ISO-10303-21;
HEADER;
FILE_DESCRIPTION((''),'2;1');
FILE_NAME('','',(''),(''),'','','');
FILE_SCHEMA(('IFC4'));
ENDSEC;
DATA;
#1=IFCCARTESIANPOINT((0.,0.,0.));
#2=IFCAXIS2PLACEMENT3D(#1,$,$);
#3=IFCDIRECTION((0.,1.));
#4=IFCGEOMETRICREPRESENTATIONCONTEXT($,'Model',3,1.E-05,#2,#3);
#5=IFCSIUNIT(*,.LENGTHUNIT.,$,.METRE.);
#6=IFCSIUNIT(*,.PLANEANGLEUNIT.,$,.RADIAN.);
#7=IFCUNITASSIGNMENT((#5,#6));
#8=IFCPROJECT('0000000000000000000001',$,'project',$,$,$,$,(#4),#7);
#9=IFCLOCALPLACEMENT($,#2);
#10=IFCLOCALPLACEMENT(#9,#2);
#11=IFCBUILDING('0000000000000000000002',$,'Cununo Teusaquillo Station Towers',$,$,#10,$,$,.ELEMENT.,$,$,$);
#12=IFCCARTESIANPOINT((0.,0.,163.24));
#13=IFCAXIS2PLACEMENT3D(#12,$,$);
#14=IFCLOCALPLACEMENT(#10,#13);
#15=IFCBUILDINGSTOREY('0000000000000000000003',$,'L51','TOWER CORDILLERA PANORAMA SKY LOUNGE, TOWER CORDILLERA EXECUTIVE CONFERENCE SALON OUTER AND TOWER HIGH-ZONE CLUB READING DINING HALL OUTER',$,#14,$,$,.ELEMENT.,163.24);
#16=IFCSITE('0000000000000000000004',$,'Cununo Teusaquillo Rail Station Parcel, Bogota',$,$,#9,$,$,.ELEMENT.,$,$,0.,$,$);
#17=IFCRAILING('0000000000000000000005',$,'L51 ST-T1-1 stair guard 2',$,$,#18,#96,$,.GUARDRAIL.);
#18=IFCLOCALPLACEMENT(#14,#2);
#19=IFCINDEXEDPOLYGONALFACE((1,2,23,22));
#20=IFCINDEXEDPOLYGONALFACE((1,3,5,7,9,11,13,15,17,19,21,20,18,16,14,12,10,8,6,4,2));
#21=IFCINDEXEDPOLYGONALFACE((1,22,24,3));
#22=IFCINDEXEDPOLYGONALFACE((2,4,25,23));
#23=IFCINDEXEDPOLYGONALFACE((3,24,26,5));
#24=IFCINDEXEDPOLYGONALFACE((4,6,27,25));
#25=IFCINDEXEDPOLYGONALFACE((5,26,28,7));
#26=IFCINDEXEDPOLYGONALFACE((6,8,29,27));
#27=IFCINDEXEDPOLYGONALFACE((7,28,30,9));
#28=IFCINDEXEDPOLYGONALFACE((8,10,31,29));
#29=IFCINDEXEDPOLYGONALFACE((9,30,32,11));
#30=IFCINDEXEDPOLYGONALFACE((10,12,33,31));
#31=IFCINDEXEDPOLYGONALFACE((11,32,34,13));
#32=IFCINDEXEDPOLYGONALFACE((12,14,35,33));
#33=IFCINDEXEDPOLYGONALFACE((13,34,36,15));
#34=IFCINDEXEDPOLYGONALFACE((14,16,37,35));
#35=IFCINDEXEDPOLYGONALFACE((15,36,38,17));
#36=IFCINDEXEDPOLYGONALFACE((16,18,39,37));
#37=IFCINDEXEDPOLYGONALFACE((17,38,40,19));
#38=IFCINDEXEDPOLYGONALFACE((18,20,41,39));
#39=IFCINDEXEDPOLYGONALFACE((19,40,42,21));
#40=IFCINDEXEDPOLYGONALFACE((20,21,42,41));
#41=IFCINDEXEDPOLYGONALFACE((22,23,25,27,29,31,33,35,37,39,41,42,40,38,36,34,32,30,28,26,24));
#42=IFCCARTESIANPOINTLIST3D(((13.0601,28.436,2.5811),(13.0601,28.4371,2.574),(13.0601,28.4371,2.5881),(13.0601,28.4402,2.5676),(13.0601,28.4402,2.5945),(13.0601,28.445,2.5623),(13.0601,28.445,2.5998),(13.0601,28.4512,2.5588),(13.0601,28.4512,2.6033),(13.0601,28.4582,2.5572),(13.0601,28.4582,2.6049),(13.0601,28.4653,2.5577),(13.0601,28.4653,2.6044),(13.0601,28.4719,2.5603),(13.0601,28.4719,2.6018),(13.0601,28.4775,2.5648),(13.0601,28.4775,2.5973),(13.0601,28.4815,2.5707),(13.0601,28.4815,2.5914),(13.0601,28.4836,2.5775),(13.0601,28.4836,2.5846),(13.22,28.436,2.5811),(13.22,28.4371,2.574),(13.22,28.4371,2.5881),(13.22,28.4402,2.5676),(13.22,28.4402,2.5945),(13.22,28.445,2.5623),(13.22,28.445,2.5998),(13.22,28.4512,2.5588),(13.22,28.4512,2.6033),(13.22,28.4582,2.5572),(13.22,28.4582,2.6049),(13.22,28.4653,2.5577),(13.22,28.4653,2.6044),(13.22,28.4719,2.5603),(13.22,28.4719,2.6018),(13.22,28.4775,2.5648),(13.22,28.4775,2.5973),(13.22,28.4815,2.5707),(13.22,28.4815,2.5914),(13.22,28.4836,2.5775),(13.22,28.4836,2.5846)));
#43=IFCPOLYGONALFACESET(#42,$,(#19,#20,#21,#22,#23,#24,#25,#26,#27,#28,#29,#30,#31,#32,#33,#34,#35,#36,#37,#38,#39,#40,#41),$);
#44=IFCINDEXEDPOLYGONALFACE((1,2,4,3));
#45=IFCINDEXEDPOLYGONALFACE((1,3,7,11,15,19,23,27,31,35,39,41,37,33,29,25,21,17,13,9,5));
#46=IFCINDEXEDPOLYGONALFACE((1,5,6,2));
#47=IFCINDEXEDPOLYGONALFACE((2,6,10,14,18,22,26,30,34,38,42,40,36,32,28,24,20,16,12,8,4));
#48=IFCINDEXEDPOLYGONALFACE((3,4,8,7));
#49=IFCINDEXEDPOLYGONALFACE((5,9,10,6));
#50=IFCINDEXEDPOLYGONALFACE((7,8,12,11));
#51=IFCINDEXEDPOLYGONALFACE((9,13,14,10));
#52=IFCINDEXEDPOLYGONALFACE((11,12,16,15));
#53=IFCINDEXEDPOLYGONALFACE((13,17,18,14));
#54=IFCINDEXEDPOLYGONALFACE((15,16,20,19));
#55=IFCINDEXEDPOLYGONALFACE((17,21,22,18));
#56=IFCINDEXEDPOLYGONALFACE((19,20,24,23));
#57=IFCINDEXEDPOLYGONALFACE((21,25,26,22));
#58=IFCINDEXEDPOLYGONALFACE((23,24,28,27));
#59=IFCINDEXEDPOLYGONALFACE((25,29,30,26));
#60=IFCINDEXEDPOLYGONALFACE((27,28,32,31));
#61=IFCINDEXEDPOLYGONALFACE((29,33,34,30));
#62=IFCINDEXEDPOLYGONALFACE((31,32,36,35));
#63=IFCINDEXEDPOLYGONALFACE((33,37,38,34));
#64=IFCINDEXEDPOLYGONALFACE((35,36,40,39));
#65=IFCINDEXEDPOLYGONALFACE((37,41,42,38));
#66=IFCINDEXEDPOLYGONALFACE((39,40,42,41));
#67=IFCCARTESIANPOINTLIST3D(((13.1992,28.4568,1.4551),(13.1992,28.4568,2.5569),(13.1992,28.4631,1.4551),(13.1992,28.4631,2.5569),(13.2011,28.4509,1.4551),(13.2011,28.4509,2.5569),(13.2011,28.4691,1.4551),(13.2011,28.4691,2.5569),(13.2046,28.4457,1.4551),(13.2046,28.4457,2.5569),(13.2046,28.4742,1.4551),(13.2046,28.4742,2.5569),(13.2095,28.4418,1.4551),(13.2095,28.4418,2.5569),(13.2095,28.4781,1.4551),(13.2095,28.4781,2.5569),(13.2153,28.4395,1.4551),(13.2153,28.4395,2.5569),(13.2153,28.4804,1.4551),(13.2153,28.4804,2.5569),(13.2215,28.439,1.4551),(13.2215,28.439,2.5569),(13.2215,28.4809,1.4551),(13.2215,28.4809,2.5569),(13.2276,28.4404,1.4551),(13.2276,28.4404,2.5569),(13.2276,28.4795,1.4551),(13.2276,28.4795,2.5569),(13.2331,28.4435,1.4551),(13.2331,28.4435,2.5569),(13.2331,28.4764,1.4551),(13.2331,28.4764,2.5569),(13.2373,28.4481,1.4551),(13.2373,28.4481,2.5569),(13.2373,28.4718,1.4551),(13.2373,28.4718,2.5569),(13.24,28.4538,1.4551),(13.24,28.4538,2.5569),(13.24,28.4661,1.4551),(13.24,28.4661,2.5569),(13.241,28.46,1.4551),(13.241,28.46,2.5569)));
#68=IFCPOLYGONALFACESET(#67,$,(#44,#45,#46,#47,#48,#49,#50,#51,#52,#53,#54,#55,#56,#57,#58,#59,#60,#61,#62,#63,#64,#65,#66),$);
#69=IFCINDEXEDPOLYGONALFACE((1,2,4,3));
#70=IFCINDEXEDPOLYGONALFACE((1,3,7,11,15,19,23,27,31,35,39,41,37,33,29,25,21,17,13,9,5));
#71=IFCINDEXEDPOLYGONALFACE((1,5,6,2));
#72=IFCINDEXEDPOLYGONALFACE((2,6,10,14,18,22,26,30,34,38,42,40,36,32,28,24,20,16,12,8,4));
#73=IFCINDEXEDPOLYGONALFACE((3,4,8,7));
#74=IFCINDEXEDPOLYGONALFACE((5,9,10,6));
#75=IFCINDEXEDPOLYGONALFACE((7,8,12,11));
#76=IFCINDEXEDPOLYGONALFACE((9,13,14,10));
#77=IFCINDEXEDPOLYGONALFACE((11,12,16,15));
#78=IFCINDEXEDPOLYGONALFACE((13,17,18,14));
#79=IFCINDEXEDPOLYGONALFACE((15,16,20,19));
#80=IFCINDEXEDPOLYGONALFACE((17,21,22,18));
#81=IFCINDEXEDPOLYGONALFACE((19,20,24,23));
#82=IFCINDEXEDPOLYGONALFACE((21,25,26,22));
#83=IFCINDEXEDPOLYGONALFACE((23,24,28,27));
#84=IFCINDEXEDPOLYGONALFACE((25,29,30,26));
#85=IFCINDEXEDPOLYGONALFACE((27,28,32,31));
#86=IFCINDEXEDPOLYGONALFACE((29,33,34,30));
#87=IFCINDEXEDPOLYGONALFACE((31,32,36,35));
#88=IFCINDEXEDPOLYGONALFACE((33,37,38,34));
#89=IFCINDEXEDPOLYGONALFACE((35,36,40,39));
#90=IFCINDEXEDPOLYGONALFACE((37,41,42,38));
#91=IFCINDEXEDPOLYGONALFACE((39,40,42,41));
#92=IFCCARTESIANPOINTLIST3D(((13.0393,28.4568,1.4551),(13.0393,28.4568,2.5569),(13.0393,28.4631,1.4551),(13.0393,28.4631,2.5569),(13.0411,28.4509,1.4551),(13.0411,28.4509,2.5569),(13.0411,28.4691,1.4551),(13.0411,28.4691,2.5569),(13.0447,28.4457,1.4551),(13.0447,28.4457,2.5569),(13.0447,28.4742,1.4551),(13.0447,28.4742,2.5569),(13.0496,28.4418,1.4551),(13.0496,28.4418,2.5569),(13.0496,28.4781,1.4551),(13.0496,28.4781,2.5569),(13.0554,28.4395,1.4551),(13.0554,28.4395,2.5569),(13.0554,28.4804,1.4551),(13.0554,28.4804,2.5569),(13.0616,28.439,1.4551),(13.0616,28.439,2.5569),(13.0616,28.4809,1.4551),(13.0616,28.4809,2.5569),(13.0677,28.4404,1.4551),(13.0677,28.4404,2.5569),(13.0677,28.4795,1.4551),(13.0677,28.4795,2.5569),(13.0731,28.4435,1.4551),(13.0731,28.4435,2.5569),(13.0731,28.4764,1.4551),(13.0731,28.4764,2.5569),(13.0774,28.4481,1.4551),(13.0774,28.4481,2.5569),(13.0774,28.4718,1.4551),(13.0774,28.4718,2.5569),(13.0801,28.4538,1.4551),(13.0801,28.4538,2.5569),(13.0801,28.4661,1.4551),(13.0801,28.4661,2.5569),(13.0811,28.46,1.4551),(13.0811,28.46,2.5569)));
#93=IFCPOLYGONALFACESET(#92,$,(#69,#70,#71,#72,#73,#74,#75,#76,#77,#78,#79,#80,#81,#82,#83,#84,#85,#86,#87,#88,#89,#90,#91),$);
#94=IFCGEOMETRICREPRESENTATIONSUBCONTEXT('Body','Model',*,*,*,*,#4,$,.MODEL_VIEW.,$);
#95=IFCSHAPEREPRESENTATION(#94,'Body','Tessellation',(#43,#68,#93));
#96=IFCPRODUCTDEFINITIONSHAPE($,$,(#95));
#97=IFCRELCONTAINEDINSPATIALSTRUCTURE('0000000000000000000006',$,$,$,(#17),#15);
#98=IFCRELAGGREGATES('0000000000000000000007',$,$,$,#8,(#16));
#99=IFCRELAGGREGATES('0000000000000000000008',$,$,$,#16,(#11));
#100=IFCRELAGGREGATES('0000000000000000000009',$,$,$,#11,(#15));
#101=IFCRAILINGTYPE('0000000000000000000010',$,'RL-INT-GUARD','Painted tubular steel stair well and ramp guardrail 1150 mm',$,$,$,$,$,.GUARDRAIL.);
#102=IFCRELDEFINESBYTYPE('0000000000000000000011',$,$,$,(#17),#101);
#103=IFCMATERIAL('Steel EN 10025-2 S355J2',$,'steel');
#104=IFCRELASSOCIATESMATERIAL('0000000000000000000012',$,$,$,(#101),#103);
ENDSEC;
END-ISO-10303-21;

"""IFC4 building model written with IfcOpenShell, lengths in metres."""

from ifc_helpers import new_model, si_unit, direction, frame, origin, origin_2d, place, context, subcontext, project, spatial, circle, extrude, material, type_object, element, save


model = new_model("IFC4")

# Units and contexts
model_context = context("Model", 3, precision=1e-05, world=origin(), true_north=direction((0.0, 1.0)))
body_context = subcontext(model_context, "Body", "Model", "MODEL_VIEW")
ifc_project = project(units=[si_unit("LENGTHUNIT", "METRE"), si_unit("PLANEANGLEUNIT", "RADIAN")], contexts=[model_context])

# Site, building, storey
site_placement = place(None, origin())
site = spatial("IfcSite", under=ifc_project, at=site_placement, Name="Cununo Teusaquillo Rail Station Parcel, Bogota", CompositionType="ELEMENT", RefElevation=0.0)
building_placement = place(site_placement, origin())
building = spatial("IfcBuilding", under=site, at=building_placement, Name="Cununo Teusaquillo Station Towers", CompositionType="ELEMENT")
storey_placement = place(building_placement, frame((0.0, 0.0, 163.24)))
storey = spatial("IfcBuildingStorey", under=building, at=storey_placement, Name="L51", Description="TOWER CORDILLERA PANORAMA SKY LOUNGE, TOWER CORDILLERA EXECUTIVE CONFERENCE SALON OUTER AND TOWER HIGH-ZONE CLUB READING DINING HALL OUTER", CompositionType="ELEMENT", Elevation=163.24)

# Railing
ifc_material_1 = material(Name="Steel EN 10025-2 S355J2", Category="steel")
railing_type_1 = type_object("IfcRailingType", Name="RL-INT-GUARD", Description="Painted tubular steel stair well and ramp guardrail 1150 mm", PredefinedType="GUARDRAIL", material=ifc_material_1)
railing_1_placement = place(storey_placement, frame((13.22, 28.46, 1.4551)))
element("IfcRailing", 1, at=railing_1_placement, inside=storey, type_object=railing_type_1, Name="L51 ST-T1-1 stair guard 2", PredefinedType="GUARDRAIL", context=body_context, shape_type="SweptSolid", body=[
    extrude(circle(Radius=0.0239, at=origin_2d()), frame((0.0, 0.0, 1.126), z_axis=(-1.0, 0.0, 0.0), x_axis=(0.0, -1.0, 0.0)), (0.0, 0.0, 1.0), 0.1599),
    extrude(circle(Radius=0.021, at=origin_2d()), origin(), (0.0, 0.0, 1.0), 1.1018),
    extrude(circle(Radius=0.021, at=origin_2d()), frame((-0.1599, 0.0, 0.0)), (0.0, 0.0, 1.0), 1.1018),
])

save(model, "model.ifc")
